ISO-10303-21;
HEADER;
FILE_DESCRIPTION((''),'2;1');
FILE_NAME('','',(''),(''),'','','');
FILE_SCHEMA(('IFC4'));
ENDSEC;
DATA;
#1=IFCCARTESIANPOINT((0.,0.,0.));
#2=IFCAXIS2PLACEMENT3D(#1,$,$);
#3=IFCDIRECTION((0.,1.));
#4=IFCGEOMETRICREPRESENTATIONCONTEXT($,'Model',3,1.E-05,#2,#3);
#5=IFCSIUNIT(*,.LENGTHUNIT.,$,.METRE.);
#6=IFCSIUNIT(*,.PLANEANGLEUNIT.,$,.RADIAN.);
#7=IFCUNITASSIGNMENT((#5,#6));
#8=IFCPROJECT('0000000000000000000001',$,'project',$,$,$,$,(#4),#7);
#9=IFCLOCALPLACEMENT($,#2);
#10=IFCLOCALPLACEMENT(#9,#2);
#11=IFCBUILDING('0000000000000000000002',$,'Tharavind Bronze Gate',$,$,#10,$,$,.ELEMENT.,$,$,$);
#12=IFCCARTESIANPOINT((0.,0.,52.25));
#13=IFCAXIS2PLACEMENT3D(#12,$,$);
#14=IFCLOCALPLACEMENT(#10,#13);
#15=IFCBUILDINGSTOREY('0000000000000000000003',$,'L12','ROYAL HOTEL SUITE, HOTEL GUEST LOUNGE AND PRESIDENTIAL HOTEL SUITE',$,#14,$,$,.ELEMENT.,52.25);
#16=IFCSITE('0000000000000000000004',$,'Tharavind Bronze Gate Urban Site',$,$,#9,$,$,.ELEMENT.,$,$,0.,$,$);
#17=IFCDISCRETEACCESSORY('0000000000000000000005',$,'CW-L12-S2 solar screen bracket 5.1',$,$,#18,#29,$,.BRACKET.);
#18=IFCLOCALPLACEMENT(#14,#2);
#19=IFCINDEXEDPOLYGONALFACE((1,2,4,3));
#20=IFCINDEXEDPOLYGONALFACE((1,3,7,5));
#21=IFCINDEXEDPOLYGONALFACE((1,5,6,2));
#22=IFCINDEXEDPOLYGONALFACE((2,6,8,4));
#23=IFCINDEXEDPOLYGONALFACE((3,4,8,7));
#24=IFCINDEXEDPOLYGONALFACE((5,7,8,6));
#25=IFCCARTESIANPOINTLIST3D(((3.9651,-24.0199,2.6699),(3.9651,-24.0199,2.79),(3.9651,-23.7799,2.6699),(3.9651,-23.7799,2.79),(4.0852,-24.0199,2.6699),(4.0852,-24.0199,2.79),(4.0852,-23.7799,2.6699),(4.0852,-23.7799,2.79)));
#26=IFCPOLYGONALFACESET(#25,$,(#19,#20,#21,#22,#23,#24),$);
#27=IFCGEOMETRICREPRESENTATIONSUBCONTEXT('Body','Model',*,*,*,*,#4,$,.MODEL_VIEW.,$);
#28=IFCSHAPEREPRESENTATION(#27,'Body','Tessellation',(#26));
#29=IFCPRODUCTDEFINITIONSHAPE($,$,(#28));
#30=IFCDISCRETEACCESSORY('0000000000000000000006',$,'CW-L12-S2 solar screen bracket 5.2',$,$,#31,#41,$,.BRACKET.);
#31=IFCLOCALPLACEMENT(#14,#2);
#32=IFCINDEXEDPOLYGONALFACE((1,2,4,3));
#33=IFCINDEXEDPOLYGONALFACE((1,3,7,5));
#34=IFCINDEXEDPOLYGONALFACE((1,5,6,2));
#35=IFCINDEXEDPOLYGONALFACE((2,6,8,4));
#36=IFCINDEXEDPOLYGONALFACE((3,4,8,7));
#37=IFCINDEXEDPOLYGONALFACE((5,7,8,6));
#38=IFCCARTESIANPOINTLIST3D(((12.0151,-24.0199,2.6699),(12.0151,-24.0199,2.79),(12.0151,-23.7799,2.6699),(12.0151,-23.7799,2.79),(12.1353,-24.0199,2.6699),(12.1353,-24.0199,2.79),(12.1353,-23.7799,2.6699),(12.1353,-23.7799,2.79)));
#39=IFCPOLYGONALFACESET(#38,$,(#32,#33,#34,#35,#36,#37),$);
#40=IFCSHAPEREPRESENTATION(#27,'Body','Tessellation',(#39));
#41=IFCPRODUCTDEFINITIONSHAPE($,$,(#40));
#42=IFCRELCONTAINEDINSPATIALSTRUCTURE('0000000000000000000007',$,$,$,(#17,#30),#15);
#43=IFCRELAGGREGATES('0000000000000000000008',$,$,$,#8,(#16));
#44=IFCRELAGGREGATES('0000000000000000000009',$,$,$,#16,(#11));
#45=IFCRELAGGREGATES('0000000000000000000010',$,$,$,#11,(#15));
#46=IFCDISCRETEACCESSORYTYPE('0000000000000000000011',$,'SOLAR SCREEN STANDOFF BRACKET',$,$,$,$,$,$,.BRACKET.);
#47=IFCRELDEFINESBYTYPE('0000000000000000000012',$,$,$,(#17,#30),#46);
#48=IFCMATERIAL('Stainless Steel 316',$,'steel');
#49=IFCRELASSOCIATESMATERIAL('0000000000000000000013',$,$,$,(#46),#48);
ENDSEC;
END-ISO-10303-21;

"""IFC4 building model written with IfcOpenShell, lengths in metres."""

from ifc_helpers import new_model, si_unit, direction, frame, origin, origin_2d, place, context, subcontext, project, spatial, rectangle, extrude, material, type_object, element, save


model = new_model("IFC4")

# Units and contexts
model_context = context("Model", 3, precision=1e-05, world=origin(), true_north=direction((0.0, 1.0)))
body_context = subcontext(model_context, "Body", "Model", "MODEL_VIEW")
ifc_project = project(units=[si_unit("LENGTHUNIT", "METRE"), si_unit("PLANEANGLEUNIT", "RADIAN")], contexts=[model_context])

# Site, building, storey
site_placement = place(None, origin())
site = spatial("IfcSite", under=ifc_project, at=site_placement, Name="Tharavind Bronze Gate Urban Site", CompositionType="ELEMENT", RefElevation=0.0)
building_placement = place(site_placement, origin())
building = spatial("IfcBuilding", under=site, at=building_placement, Name="Tharavind Bronze Gate", CompositionType="ELEMENT")
storey_placement = place(building_placement, frame((0.0, 0.0, 52.25)))
storey = spatial("IfcBuildingStorey", under=building, at=storey_placement, Name="L12", Description="ROYAL HOTEL SUITE, HOTEL GUEST LOUNGE AND PRESIDENTIAL HOTEL SUITE", CompositionType="ELEMENT", Elevation=52.25)

# Discrete accessories
ifc_material_1 = material(Name="Stainless Steel 316", Category="steel")
discrete_accessory_type = type_object("IfcDiscreteAccessoryType", Name="SOLAR SCREEN STANDOFF BRACKET", PredefinedType="BRACKET", material=ifc_material_1)
for number, where, z_axis, x_axis, name in (
    (1, (4.0251, -23.8999, 2.6699), (0.0, 0.0, 1.0), (1.0, 0.0, 0.0), "CW-L12-S2 solar screen bracket 5.1"),
    (2, (12.0752, -23.8999, 2.6699), (0.0, 0.0, 1.0), (1.0, 0.0, 0.0), "CW-L12-S2 solar screen bracket 5.2"),
):
    element("IfcDiscreteAccessory", number, at=place(storey_placement, frame(where, z_axis=z_axis, x_axis=x_axis)), inside=storey, type_object=discrete_accessory_type, Name=name, PredefinedType="BRACKET", context=body_context, shape_type="SweptSolid", body=[
        extrude(rectangle(XDim=0.1201, YDim=0.24, at=origin_2d()), origin(), (0.0, 0.0, 1.0), 0.1201),
    ])

save(model, "model.ifc")
